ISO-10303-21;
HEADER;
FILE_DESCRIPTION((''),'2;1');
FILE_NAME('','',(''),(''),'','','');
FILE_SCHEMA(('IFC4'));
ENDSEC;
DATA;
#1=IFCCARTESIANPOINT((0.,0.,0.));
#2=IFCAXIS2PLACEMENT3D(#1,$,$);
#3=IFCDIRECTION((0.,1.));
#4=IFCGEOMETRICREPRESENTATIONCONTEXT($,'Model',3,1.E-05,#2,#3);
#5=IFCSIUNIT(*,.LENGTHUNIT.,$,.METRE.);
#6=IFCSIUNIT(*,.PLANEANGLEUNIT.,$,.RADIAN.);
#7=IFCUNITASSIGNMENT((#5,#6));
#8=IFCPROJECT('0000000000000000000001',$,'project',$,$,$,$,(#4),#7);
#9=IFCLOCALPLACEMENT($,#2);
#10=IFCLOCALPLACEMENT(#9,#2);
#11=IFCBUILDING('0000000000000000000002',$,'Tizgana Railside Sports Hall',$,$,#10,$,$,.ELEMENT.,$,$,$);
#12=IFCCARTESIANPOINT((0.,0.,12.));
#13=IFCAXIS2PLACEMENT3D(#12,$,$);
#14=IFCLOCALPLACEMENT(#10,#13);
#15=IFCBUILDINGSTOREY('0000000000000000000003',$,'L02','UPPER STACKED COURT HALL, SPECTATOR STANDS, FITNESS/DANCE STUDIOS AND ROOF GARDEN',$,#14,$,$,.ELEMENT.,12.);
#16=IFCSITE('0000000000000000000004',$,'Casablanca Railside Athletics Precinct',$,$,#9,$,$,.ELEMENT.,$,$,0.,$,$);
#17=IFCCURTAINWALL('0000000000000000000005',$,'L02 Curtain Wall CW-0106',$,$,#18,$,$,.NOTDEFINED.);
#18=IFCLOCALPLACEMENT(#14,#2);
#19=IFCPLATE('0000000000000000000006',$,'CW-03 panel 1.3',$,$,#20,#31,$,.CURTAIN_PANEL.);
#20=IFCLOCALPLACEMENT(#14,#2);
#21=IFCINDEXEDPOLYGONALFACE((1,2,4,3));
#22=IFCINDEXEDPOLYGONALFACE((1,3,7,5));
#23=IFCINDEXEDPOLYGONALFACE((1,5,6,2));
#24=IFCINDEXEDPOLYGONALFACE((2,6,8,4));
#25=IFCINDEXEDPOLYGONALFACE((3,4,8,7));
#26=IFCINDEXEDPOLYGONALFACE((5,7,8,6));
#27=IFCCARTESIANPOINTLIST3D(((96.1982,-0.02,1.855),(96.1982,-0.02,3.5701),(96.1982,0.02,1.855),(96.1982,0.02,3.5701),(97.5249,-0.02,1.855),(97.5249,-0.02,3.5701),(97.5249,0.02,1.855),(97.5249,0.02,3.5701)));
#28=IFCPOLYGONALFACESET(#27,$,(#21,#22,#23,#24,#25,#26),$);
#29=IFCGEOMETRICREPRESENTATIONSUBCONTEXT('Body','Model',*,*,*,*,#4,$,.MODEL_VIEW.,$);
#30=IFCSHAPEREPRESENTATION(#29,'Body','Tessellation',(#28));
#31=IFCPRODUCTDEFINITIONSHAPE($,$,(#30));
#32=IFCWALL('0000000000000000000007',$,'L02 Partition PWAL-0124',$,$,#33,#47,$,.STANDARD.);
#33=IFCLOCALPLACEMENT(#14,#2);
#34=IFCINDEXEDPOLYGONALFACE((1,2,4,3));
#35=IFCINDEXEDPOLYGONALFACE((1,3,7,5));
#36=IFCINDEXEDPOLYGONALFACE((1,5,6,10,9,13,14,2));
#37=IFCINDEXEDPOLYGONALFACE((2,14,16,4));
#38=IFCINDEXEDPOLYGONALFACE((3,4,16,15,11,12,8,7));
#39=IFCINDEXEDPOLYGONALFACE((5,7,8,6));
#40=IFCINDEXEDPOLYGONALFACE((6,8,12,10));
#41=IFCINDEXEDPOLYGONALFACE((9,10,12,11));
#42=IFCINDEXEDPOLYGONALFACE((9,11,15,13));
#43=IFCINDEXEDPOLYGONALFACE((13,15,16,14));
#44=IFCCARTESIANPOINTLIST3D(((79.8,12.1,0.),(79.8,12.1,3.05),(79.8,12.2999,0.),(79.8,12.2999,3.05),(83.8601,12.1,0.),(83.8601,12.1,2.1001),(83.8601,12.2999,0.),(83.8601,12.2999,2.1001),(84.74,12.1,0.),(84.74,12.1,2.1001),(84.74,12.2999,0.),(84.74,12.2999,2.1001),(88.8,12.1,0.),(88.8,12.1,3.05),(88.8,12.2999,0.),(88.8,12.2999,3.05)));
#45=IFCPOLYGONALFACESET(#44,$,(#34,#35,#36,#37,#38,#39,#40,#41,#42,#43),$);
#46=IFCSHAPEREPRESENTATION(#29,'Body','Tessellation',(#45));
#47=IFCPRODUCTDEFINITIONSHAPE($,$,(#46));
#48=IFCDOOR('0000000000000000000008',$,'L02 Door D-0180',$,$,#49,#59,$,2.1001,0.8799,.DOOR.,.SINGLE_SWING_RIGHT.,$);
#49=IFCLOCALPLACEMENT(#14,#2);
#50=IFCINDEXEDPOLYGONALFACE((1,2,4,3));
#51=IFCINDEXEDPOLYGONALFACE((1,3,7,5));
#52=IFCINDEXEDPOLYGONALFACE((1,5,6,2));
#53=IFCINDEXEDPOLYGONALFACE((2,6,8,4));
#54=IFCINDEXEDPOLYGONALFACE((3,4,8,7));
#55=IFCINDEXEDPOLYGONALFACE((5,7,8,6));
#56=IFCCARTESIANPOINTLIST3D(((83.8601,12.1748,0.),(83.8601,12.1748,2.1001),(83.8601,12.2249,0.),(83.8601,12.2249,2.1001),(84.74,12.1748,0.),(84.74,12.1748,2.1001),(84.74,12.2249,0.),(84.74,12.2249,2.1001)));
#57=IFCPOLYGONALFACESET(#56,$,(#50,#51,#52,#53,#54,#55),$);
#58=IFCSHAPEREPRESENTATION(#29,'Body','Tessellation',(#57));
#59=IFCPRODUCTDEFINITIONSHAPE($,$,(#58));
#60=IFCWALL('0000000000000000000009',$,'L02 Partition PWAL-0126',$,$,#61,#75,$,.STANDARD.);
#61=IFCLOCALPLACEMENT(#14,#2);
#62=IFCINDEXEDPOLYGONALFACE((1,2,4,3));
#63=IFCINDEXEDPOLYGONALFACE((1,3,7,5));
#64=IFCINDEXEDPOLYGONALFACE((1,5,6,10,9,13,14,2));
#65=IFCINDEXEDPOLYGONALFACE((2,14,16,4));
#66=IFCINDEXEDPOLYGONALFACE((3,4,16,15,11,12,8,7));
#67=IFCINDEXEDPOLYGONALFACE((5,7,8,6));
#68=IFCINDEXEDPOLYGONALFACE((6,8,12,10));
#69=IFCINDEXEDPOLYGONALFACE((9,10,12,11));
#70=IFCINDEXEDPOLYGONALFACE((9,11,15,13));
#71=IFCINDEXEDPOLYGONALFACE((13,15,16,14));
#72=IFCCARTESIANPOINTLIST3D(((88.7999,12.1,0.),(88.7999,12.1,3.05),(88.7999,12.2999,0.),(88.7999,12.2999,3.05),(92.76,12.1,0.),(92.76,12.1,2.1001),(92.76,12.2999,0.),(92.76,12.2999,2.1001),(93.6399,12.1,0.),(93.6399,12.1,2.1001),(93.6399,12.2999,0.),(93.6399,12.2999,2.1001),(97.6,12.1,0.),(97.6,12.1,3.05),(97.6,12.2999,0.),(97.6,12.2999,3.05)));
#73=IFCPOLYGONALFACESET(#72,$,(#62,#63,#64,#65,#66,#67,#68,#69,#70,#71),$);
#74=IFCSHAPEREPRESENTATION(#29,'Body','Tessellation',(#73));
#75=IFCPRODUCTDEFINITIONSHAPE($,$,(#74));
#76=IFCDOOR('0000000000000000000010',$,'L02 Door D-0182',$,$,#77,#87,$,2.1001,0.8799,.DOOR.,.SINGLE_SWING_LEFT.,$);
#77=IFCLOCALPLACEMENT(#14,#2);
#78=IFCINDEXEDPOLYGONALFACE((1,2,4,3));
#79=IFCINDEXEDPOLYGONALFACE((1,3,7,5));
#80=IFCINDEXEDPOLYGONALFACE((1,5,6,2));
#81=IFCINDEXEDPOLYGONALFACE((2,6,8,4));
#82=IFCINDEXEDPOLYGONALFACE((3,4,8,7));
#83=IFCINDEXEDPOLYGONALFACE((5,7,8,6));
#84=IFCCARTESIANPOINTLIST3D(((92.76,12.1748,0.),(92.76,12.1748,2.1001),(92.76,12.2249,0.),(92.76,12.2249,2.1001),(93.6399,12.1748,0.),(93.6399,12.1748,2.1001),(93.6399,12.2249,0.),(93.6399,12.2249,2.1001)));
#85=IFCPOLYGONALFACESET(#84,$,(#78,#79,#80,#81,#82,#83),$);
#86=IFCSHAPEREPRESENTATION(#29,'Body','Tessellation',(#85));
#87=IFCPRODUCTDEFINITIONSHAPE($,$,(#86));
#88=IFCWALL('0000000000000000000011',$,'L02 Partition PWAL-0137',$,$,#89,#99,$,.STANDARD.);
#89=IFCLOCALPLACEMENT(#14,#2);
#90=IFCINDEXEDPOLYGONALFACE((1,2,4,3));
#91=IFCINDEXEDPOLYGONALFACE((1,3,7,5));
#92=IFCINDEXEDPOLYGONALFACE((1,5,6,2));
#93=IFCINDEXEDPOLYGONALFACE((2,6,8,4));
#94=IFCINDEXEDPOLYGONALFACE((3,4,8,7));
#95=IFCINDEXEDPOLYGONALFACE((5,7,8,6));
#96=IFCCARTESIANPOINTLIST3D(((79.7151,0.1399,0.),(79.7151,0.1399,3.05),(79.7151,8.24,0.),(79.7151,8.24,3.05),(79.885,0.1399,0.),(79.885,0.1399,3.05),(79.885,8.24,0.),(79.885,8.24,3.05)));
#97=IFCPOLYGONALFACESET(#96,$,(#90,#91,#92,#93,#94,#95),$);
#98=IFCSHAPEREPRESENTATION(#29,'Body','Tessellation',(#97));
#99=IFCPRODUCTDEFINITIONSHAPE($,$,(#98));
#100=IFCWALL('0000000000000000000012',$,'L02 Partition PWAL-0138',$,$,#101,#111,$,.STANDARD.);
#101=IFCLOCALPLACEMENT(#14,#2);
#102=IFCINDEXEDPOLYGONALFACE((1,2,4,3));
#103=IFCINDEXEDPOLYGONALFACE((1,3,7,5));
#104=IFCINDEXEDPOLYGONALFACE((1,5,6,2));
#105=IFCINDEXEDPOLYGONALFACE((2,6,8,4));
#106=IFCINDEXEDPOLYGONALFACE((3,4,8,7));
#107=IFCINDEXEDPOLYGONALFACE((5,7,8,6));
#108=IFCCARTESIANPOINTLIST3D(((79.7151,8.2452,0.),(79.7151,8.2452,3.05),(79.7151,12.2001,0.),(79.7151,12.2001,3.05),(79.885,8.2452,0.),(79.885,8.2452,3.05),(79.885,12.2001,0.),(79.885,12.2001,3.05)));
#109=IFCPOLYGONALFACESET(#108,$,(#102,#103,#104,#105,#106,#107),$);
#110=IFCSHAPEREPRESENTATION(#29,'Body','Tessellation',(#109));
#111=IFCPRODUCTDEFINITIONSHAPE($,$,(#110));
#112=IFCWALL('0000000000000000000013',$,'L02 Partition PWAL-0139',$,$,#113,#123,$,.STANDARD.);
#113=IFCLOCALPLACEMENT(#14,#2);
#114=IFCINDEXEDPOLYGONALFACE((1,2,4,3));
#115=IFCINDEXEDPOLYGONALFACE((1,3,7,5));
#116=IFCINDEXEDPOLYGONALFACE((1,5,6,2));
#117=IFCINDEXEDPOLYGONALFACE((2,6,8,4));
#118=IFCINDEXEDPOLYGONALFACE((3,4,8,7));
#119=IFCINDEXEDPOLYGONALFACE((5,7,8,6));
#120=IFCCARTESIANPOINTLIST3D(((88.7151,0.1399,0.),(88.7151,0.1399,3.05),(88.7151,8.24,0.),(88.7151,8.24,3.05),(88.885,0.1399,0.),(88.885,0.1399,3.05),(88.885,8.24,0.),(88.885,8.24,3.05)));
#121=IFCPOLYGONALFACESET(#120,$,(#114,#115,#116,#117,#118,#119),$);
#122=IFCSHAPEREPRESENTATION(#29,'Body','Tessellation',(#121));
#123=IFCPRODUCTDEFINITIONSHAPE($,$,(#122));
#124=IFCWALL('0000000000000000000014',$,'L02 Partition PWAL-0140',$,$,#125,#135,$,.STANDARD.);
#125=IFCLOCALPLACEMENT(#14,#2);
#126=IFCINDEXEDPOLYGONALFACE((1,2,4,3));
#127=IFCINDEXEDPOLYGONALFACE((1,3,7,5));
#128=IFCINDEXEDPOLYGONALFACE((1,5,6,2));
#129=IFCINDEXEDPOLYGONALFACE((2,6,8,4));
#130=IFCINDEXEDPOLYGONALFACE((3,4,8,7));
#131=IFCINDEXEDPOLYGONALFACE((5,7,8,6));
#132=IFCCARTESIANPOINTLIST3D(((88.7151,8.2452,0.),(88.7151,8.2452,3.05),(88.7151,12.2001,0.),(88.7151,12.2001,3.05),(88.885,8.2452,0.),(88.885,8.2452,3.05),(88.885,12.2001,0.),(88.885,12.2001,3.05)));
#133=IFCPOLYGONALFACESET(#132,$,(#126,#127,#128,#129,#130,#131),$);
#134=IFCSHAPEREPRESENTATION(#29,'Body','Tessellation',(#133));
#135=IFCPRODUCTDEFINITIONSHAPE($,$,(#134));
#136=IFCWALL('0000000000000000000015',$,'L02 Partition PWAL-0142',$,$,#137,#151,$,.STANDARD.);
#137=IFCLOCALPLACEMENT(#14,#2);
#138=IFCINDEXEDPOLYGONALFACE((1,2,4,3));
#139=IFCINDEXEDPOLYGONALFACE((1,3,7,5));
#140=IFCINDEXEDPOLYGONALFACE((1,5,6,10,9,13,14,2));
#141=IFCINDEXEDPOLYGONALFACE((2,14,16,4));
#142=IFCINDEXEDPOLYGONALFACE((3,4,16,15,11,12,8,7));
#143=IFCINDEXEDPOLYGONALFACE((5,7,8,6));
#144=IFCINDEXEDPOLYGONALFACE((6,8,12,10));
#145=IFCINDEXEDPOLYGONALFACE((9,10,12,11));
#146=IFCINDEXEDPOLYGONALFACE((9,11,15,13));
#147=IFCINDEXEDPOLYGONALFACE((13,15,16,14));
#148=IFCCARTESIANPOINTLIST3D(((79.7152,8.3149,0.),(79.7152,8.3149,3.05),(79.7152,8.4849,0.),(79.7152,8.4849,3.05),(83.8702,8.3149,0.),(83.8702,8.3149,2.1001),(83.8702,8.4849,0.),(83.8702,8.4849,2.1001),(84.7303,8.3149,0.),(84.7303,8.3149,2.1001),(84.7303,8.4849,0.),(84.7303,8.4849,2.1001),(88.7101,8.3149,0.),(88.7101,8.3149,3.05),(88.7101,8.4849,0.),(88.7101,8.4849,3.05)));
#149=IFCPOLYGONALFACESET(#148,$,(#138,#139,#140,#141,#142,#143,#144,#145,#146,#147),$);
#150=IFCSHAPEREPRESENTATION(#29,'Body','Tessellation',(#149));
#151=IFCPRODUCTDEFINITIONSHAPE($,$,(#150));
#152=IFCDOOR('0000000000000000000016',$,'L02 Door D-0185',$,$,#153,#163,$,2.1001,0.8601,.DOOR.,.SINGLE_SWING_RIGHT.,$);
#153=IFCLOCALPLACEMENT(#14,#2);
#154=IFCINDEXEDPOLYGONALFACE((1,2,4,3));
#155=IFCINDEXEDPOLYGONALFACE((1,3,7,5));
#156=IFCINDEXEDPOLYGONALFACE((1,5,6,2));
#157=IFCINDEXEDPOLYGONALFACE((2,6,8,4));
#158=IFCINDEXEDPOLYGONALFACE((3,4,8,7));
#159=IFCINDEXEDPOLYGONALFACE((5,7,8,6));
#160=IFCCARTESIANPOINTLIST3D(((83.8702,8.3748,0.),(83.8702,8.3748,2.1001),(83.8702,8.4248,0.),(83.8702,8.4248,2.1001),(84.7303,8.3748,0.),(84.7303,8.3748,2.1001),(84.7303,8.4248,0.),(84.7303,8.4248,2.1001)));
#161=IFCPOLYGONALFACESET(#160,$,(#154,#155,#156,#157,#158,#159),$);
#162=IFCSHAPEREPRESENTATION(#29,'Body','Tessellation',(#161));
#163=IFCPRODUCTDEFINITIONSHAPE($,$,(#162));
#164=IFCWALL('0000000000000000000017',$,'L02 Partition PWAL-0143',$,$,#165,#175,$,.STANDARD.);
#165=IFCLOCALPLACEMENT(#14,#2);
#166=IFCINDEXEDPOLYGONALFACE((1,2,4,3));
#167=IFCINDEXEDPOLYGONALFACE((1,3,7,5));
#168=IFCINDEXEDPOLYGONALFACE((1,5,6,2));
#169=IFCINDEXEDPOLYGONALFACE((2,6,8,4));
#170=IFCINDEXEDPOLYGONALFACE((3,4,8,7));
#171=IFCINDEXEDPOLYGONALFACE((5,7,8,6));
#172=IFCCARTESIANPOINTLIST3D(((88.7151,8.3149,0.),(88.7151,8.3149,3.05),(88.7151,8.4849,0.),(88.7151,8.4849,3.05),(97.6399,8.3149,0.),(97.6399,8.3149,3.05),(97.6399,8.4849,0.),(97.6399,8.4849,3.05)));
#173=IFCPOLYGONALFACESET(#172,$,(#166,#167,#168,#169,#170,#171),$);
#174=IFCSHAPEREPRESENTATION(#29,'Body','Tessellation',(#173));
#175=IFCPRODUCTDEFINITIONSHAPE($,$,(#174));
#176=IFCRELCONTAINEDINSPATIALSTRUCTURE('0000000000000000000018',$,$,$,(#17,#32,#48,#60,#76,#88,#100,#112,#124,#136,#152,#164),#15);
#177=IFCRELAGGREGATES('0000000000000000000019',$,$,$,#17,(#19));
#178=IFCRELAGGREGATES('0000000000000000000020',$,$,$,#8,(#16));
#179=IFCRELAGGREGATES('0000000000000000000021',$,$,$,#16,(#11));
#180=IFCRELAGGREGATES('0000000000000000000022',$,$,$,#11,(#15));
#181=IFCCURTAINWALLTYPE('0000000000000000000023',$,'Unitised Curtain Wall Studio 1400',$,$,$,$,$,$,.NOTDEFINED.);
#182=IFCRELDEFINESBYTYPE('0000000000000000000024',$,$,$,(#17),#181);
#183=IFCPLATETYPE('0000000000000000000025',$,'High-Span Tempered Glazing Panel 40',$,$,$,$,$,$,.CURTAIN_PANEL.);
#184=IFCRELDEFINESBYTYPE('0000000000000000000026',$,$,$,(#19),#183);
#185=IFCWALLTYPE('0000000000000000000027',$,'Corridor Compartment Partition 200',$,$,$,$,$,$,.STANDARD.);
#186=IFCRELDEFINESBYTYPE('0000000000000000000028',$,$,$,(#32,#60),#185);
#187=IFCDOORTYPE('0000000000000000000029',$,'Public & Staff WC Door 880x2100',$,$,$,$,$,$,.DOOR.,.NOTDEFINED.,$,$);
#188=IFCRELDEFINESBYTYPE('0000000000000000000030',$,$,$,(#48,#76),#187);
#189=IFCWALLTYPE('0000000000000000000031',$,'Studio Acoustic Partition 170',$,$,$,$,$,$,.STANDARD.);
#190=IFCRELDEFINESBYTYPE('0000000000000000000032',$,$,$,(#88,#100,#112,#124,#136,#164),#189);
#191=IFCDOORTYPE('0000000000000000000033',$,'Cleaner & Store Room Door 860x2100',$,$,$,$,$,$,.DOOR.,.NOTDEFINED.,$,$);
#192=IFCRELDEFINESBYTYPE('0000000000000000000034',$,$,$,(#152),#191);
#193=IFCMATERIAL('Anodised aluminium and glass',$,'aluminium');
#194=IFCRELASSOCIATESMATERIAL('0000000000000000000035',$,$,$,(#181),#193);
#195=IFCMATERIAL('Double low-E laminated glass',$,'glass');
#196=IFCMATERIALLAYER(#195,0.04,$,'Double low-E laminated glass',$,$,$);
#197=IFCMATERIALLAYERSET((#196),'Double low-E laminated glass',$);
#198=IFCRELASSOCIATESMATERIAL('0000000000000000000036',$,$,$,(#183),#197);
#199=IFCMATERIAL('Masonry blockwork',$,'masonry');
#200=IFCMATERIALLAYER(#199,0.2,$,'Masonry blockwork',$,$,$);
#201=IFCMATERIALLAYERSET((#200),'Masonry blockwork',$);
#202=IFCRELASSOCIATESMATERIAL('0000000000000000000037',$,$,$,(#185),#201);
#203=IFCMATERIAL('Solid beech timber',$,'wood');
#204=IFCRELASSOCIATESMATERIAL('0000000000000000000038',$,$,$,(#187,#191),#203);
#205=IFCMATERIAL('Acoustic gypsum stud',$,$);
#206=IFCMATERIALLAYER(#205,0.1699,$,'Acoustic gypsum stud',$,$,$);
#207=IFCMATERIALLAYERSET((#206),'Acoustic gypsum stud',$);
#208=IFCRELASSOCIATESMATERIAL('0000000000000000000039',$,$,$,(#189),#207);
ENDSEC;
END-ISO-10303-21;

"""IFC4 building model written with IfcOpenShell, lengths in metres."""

from ifc_helpers import new_model, si_unit, direction, frame, frame_2d, origin, origin_2d, place, context, subcontext, project, spatial, rectangle, extrude, material, layer, layer_set, type_object, element, fill, aggregate, save


model = new_model("IFC4")

# Units and contexts
model_context = context("Model", 3, precision=1e-05, world=origin(), true_north=direction((0.0, 1.0)))
body_context = subcontext(model_context, "Body", "Model", "MODEL_VIEW")
ifc_project = project(units=[si_unit("LENGTHUNIT", "METRE"), si_unit("PLANEANGLEUNIT", "RADIAN")], contexts=[model_context])

# Site, building, storey
site_placement = place(None, origin())
site = spatial("IfcSite", under=ifc_project, at=site_placement, Name="Casablanca Railside Athletics Precinct", CompositionType="ELEMENT", RefElevation=0.0)
building_placement = place(site_placement, origin())
building = spatial("IfcBuilding", under=site, at=building_placement, Name="Tizgana Railside Sports Hall", CompositionType="ELEMENT")
storey_placement = place(building_placement, frame((0.0, 0.0, 12.0)))
storey = spatial("IfcBuildingStorey", under=building, at=storey_placement, Name="L02", Description="UPPER STACKED COURT HALL, SPECTATOR STANDS, FITNESS/DANCE STUDIOS AND ROOF GARDEN", CompositionType="ELEMENT", Elevation=12.0)

# Curtain wall
ifc_material_1 = material(Name="Anodised aluminium and glass", Category="aluminium")
curtain_wall_type = type_object("IfcCurtainWallType", Name="Unitised Curtain Wall Studio 1400", PredefinedType="NOTDEFINED", material=ifc_material_1)
curtain_wall_placement = place(storey_placement, origin())
curtain_wall = element("IfcCurtainWall", 1, at=curtain_wall_placement, inside=storey, type_object=curtain_wall_type, Name="L02 Curtain Wall CW-0106", PredefinedType="NOTDEFINED")

# Plate
ifc_material_2 = material(Name="Double low-E laminated glass", Category="glass")
ifc_layer_1 = layer(ifc_material_2, 0.04, Name="Double low-E laminated glass")
ifc_layer_set_1 = layer_set([ifc_layer_1], Name="Double low-E laminated glass")
plate_type = type_object("IfcPlateType", Name="High-Span Tempered Glazing Panel 40", PredefinedType="CURTAIN_PANEL", material=ifc_layer_set_1)
plate_1_placement = place(storey_placement, frame((96.8616, 0.0, 1.855), z_axis=(0.0, 0.0, 1.0), x_axis=(-1.0, 0.0, 0.0)))
plate_1 = element("IfcPlate", 2, at=plate_1_placement, type_object=plate_type, Name="CW-03 panel 1.3", PredefinedType="CURTAIN_PANEL", context=body_context, shape_type="SweptSolid", body=[
    extrude(rectangle(XDim=1.3267, YDim=0.04, at=origin_2d()), origin(), (0.0, 0.0, 1.0), 1.7151),
])
aggregate(curtain_wall, [plate_1])

# Walls, openings, doors
ifc_material_3 = material(Name="Masonry blockwork", Category="masonry")
ifc_layer_2 = layer(ifc_material_3, 0.2, Name="Masonry blockwork")
ifc_layer_set_2 = layer_set([ifc_layer_2], Name="Masonry blockwork")
wall_type_1 = type_object("IfcWallType", Name="Corridor Compartment Partition 200", PredefinedType="STANDARD", material=ifc_layer_set_2)
wall_1_placement = place(storey_placement, frame((79.8, 12.2, 0.0), z_axis=(0.0, 0.0, 1.0), x_axis=(1.0, 0.0, 0.0)))
wall_1 = element("IfcWall", 3, at=wall_1_placement, inside=storey, type_object=wall_type_1, Name="L02 Partition PWAL-0124", PredefinedType="STANDARD", context=body_context, shape_type="SweptSolid", body=[
    extrude(rectangle(XDim=9.0, YDim=0.2, at=frame_2d((4.5, 0.0))), origin(), (0.0, 0.0, 1.0), 3.05),
])
opening_1_placement = place(wall_1_placement, frame((4.0601, 0.0, 0.0)))
opening_1 = element("IfcOpeningElement", 4, at=opening_1_placement, cuts=wall_1, PredefinedType="OPENING", context=body_context, shape_type="SweptSolid", body=[
    extrude(rectangle(XDim=0.8799, YDim=2.1001, at=frame_2d((0.4399, 1.05))), frame((0.0, 0.1099, 0.0), z_axis=(0.0, -1.0, 0.0), x_axis=(1.0, 0.0, 0.0)), (0.0, 0.0, 1.0), 0.22),
])
ifc_material_4 = material(Name="Solid beech timber", Category="wood")
door_type_1 = type_object("IfcDoorType", Name="Public & Staff WC Door 880x2100", OperationType="NOTDEFINED", PredefinedType="DOOR", material=ifc_material_4)
door_1_placement = place(opening_1_placement, origin())
door_1 = element("IfcDoor", 5, at=door_1_placement, inside=storey, type_object=door_type_1, Name="L02 Door D-0180", OperationType="SINGLE_SWING_RIGHT", OverallHeight=2.1001, OverallWidth=0.8799, PredefinedType="DOOR", context=body_context, shape_type="SweptSolid", body=[
    extrude(rectangle(XDim=0.8799, YDim=2.1001, at=frame_2d((0.4399, 1.05))), frame((0.0, 0.0249, 0.0), z_axis=(0.0, -1.0, 0.0), x_axis=(1.0, 0.0, 0.0)), (0.0, 0.0, 1.0), 0.05),
])
fill(opening_1, door_1)
wall_2_placement = place(storey_placement, frame((88.8, 12.2, 0.0), z_axis=(0.0, 0.0, 1.0), x_axis=(1.0, 0.0, 0.0)))
wall_2 = element("IfcWall", 6, at=wall_2_placement, inside=storey, type_object=wall_type_1, Name="L02 Partition PWAL-0126", PredefinedType="STANDARD", context=body_context, shape_type="SweptSolid", body=[
    extrude(rectangle(XDim=8.8, YDim=0.2, at=frame_2d((4.3999, 0.0))), origin(), (0.0, 0.0, 1.0), 3.05),
])
opening_2_placement = place(wall_2_placement, frame((3.96, 0.0, 0.0)))
opening_2 = element("IfcOpeningElement", 7, at=opening_2_placement, cuts=wall_2, PredefinedType="OPENING", context=body_context, shape_type="SweptSolid", body=[
    extrude(rectangle(XDim=0.8799, YDim=2.1001, at=frame_2d((0.4399, 1.05))), frame((0.0, 0.1099, 0.0), z_axis=(0.0, -1.0, 0.0), x_axis=(1.0, 0.0, 0.0)), (0.0, 0.0, 1.0), 0.22),
])
door_2_placement = place(opening_2_placement, origin())
door_2 = element("IfcDoor", 8, at=door_2_placement, inside=storey, type_object=door_type_1, Name="L02 Door D-0182", OperationType="SINGLE_SWING_LEFT", OverallHeight=2.1001, OverallWidth=0.8799, PredefinedType="DOOR", context=body_context, shape_type="SweptSolid", body=[
    extrude(rectangle(XDim=0.8799, YDim=2.1001, at=frame_2d((0.4399, 1.05))), frame((0.0, 0.0249, 0.0), z_axis=(0.0, -1.0, 0.0), x_axis=(1.0, 0.0, 0.0)), (0.0, 0.0, 1.0), 0.05),
])
fill(opening_2, door_2)

# Walls
ifc_material_5 = material(Name="Acoustic gypsum stud")
ifc_layer_3 = layer(ifc_material_5, 0.1699, Name="Acoustic gypsum stud")
ifc_layer_set_3 = layer_set([ifc_layer_3], Name="Acoustic gypsum stud")
wall_type_2 = type_object("IfcWallType", Name="Studio Acoustic Partition 170", PredefinedType="STANDARD", material=ifc_layer_set_3)
wall_3_placement = place(storey_placement, frame((79.8, 0.1399, 0.0), z_axis=(0.0, 0.0, 1.0), x_axis=(0.0, 1.0, 0.0)))
element("IfcWall", 9, at=wall_3_placement, inside=storey, type_object=wall_type_2, Name="L02 Partition PWAL-0137", PredefinedType="STANDARD", context=body_context, shape_type="SweptSolid", body=[
    extrude(rectangle(XDim=8.1001, YDim=0.1699, at=frame_2d((4.05, 0.0))), origin(), (0.0, 0.0, 1.0), 3.05),
])
wall_4_placement = place(storey_placement, frame((79.8, 8.2451, 0.0), z_axis=(0.0, 0.0, 1.0), x_axis=(0.0, 1.0, 0.0)))
element("IfcWall", 10, at=wall_4_placement, inside=storey, type_object=wall_type_2, Name="L02 Partition PWAL-0138", PredefinedType="STANDARD", context=body_context, shape_type="SweptSolid", body=[
    extrude(rectangle(XDim=3.9548, YDim=0.1699, at=frame_2d((1.9775, 0.0))), origin(), (0.0, 0.0, 1.0), 3.05),
])
wall_5_placement = place(storey_placement, frame((88.8, 0.1399, 0.0), z_axis=(0.0, 0.0, 1.0), x_axis=(0.0, 1.0, 0.0)))
element("IfcWall", 11, at=wall_5_placement, inside=storey, type_object=wall_type_2, Name="L02 Partition PWAL-0139", PredefinedType="STANDARD", context=body_context, shape_type="SweptSolid", body=[
    extrude(rectangle(XDim=8.1001, YDim=0.1699, at=frame_2d((4.05, 0.0))), origin(), (0.0, 0.0, 1.0), 3.05),
])
wall_6_placement = place(storey_placement, frame((88.8, 8.2451, 0.0), z_axis=(0.0, 0.0, 1.0), x_axis=(0.0, 1.0, 0.0)))
element("IfcWall", 12, at=wall_6_placement, inside=storey, type_object=wall_type_2, Name="L02 Partition PWAL-0140", PredefinedType="STANDARD", context=body_context, shape_type="SweptSolid", body=[
    extrude(rectangle(XDim=3.9548, YDim=0.1699, at=frame_2d((1.9775, 0.0))), origin(), (0.0, 0.0, 1.0), 3.05),
])

# Wall, opening, door
wall_7_placement = place(storey_placement, frame((79.7151, 8.3999, 0.0), z_axis=(0.0, 0.0, 1.0), x_axis=(1.0, 0.0, 0.0)))
wall_7 = element("IfcWall", 13, at=wall_7_placement, inside=storey, type_object=wall_type_2, Name="L02 Partition PWAL-0142", PredefinedType="STANDARD", context=body_context, shape_type="SweptSolid", body=[
    extrude(rectangle(XDim=8.9949, YDim=0.1699, at=frame_2d((4.4976, 0.0))), origin(), (0.0, 0.0, 1.0), 3.05),
])
opening_3_placement = place(wall_7_placement, frame((4.155, 0.0, 0.0)))
opening_3 = element("IfcOpeningElement", 14, at=opening_3_placement, cuts=wall_7, PredefinedType="OPENING", context=body_context, shape_type="SweptSolid", body=[
    extrude(rectangle(XDim=0.8601, YDim=2.1001, at=frame_2d((0.4302, 1.05))), frame((0.0, 0.095, 0.0), z_axis=(0.0, -1.0, 0.0), x_axis=(1.0, 0.0, 0.0)), (0.0, 0.0, 1.0), 0.1899),
])
door_type_2 = type_object("IfcDoorType", Name="Cleaner & Store Room Door 860x2100", OperationType="NOTDEFINED", PredefinedType="DOOR", material=ifc_material_4)
door_3_placement = place(opening_3_placement, origin())
door_3 = element("IfcDoor", 15, at=door_3_placement, inside=storey, type_object=door_type_2, Name="L02 Door D-0185", OperationType="SINGLE_SWING_RIGHT", OverallHeight=2.1001, OverallWidth=0.8601, PredefinedType="DOOR", context=body_context, shape_type="SweptSolid", body=[
    extrude(rectangle(XDim=0.8601, YDim=2.1001, at=frame_2d((0.4302, 1.05))), frame((0.0, 0.0249, 0.0), z_axis=(0.0, -1.0, 0.0), x_axis=(1.0, 0.0, 0.0)), (0.0, 0.0, 1.0), 0.05),
])
fill(opening_3, door_3)

# Wall
wall_8_placement = place(storey_placement, frame((88.7151, 8.3999, 0.0), z_axis=(0.0, 0.0, 1.0), x_axis=(1.0, 0.0, 0.0)))
element("IfcWall", 16, at=wall_8_placement, inside=storey, type_object=wall_type_2, Name="L02 Partition PWAL-0143", PredefinedType="STANDARD", context=body_context, shape_type="SweptSolid", body=[
    extrude(rectangle(XDim=8.9248, YDim=0.1699, at=frame_2d((4.4624, 0.0))), origin(), (0.0, 0.0, 1.0), 3.05),
])

save(model, "model.ifc")
